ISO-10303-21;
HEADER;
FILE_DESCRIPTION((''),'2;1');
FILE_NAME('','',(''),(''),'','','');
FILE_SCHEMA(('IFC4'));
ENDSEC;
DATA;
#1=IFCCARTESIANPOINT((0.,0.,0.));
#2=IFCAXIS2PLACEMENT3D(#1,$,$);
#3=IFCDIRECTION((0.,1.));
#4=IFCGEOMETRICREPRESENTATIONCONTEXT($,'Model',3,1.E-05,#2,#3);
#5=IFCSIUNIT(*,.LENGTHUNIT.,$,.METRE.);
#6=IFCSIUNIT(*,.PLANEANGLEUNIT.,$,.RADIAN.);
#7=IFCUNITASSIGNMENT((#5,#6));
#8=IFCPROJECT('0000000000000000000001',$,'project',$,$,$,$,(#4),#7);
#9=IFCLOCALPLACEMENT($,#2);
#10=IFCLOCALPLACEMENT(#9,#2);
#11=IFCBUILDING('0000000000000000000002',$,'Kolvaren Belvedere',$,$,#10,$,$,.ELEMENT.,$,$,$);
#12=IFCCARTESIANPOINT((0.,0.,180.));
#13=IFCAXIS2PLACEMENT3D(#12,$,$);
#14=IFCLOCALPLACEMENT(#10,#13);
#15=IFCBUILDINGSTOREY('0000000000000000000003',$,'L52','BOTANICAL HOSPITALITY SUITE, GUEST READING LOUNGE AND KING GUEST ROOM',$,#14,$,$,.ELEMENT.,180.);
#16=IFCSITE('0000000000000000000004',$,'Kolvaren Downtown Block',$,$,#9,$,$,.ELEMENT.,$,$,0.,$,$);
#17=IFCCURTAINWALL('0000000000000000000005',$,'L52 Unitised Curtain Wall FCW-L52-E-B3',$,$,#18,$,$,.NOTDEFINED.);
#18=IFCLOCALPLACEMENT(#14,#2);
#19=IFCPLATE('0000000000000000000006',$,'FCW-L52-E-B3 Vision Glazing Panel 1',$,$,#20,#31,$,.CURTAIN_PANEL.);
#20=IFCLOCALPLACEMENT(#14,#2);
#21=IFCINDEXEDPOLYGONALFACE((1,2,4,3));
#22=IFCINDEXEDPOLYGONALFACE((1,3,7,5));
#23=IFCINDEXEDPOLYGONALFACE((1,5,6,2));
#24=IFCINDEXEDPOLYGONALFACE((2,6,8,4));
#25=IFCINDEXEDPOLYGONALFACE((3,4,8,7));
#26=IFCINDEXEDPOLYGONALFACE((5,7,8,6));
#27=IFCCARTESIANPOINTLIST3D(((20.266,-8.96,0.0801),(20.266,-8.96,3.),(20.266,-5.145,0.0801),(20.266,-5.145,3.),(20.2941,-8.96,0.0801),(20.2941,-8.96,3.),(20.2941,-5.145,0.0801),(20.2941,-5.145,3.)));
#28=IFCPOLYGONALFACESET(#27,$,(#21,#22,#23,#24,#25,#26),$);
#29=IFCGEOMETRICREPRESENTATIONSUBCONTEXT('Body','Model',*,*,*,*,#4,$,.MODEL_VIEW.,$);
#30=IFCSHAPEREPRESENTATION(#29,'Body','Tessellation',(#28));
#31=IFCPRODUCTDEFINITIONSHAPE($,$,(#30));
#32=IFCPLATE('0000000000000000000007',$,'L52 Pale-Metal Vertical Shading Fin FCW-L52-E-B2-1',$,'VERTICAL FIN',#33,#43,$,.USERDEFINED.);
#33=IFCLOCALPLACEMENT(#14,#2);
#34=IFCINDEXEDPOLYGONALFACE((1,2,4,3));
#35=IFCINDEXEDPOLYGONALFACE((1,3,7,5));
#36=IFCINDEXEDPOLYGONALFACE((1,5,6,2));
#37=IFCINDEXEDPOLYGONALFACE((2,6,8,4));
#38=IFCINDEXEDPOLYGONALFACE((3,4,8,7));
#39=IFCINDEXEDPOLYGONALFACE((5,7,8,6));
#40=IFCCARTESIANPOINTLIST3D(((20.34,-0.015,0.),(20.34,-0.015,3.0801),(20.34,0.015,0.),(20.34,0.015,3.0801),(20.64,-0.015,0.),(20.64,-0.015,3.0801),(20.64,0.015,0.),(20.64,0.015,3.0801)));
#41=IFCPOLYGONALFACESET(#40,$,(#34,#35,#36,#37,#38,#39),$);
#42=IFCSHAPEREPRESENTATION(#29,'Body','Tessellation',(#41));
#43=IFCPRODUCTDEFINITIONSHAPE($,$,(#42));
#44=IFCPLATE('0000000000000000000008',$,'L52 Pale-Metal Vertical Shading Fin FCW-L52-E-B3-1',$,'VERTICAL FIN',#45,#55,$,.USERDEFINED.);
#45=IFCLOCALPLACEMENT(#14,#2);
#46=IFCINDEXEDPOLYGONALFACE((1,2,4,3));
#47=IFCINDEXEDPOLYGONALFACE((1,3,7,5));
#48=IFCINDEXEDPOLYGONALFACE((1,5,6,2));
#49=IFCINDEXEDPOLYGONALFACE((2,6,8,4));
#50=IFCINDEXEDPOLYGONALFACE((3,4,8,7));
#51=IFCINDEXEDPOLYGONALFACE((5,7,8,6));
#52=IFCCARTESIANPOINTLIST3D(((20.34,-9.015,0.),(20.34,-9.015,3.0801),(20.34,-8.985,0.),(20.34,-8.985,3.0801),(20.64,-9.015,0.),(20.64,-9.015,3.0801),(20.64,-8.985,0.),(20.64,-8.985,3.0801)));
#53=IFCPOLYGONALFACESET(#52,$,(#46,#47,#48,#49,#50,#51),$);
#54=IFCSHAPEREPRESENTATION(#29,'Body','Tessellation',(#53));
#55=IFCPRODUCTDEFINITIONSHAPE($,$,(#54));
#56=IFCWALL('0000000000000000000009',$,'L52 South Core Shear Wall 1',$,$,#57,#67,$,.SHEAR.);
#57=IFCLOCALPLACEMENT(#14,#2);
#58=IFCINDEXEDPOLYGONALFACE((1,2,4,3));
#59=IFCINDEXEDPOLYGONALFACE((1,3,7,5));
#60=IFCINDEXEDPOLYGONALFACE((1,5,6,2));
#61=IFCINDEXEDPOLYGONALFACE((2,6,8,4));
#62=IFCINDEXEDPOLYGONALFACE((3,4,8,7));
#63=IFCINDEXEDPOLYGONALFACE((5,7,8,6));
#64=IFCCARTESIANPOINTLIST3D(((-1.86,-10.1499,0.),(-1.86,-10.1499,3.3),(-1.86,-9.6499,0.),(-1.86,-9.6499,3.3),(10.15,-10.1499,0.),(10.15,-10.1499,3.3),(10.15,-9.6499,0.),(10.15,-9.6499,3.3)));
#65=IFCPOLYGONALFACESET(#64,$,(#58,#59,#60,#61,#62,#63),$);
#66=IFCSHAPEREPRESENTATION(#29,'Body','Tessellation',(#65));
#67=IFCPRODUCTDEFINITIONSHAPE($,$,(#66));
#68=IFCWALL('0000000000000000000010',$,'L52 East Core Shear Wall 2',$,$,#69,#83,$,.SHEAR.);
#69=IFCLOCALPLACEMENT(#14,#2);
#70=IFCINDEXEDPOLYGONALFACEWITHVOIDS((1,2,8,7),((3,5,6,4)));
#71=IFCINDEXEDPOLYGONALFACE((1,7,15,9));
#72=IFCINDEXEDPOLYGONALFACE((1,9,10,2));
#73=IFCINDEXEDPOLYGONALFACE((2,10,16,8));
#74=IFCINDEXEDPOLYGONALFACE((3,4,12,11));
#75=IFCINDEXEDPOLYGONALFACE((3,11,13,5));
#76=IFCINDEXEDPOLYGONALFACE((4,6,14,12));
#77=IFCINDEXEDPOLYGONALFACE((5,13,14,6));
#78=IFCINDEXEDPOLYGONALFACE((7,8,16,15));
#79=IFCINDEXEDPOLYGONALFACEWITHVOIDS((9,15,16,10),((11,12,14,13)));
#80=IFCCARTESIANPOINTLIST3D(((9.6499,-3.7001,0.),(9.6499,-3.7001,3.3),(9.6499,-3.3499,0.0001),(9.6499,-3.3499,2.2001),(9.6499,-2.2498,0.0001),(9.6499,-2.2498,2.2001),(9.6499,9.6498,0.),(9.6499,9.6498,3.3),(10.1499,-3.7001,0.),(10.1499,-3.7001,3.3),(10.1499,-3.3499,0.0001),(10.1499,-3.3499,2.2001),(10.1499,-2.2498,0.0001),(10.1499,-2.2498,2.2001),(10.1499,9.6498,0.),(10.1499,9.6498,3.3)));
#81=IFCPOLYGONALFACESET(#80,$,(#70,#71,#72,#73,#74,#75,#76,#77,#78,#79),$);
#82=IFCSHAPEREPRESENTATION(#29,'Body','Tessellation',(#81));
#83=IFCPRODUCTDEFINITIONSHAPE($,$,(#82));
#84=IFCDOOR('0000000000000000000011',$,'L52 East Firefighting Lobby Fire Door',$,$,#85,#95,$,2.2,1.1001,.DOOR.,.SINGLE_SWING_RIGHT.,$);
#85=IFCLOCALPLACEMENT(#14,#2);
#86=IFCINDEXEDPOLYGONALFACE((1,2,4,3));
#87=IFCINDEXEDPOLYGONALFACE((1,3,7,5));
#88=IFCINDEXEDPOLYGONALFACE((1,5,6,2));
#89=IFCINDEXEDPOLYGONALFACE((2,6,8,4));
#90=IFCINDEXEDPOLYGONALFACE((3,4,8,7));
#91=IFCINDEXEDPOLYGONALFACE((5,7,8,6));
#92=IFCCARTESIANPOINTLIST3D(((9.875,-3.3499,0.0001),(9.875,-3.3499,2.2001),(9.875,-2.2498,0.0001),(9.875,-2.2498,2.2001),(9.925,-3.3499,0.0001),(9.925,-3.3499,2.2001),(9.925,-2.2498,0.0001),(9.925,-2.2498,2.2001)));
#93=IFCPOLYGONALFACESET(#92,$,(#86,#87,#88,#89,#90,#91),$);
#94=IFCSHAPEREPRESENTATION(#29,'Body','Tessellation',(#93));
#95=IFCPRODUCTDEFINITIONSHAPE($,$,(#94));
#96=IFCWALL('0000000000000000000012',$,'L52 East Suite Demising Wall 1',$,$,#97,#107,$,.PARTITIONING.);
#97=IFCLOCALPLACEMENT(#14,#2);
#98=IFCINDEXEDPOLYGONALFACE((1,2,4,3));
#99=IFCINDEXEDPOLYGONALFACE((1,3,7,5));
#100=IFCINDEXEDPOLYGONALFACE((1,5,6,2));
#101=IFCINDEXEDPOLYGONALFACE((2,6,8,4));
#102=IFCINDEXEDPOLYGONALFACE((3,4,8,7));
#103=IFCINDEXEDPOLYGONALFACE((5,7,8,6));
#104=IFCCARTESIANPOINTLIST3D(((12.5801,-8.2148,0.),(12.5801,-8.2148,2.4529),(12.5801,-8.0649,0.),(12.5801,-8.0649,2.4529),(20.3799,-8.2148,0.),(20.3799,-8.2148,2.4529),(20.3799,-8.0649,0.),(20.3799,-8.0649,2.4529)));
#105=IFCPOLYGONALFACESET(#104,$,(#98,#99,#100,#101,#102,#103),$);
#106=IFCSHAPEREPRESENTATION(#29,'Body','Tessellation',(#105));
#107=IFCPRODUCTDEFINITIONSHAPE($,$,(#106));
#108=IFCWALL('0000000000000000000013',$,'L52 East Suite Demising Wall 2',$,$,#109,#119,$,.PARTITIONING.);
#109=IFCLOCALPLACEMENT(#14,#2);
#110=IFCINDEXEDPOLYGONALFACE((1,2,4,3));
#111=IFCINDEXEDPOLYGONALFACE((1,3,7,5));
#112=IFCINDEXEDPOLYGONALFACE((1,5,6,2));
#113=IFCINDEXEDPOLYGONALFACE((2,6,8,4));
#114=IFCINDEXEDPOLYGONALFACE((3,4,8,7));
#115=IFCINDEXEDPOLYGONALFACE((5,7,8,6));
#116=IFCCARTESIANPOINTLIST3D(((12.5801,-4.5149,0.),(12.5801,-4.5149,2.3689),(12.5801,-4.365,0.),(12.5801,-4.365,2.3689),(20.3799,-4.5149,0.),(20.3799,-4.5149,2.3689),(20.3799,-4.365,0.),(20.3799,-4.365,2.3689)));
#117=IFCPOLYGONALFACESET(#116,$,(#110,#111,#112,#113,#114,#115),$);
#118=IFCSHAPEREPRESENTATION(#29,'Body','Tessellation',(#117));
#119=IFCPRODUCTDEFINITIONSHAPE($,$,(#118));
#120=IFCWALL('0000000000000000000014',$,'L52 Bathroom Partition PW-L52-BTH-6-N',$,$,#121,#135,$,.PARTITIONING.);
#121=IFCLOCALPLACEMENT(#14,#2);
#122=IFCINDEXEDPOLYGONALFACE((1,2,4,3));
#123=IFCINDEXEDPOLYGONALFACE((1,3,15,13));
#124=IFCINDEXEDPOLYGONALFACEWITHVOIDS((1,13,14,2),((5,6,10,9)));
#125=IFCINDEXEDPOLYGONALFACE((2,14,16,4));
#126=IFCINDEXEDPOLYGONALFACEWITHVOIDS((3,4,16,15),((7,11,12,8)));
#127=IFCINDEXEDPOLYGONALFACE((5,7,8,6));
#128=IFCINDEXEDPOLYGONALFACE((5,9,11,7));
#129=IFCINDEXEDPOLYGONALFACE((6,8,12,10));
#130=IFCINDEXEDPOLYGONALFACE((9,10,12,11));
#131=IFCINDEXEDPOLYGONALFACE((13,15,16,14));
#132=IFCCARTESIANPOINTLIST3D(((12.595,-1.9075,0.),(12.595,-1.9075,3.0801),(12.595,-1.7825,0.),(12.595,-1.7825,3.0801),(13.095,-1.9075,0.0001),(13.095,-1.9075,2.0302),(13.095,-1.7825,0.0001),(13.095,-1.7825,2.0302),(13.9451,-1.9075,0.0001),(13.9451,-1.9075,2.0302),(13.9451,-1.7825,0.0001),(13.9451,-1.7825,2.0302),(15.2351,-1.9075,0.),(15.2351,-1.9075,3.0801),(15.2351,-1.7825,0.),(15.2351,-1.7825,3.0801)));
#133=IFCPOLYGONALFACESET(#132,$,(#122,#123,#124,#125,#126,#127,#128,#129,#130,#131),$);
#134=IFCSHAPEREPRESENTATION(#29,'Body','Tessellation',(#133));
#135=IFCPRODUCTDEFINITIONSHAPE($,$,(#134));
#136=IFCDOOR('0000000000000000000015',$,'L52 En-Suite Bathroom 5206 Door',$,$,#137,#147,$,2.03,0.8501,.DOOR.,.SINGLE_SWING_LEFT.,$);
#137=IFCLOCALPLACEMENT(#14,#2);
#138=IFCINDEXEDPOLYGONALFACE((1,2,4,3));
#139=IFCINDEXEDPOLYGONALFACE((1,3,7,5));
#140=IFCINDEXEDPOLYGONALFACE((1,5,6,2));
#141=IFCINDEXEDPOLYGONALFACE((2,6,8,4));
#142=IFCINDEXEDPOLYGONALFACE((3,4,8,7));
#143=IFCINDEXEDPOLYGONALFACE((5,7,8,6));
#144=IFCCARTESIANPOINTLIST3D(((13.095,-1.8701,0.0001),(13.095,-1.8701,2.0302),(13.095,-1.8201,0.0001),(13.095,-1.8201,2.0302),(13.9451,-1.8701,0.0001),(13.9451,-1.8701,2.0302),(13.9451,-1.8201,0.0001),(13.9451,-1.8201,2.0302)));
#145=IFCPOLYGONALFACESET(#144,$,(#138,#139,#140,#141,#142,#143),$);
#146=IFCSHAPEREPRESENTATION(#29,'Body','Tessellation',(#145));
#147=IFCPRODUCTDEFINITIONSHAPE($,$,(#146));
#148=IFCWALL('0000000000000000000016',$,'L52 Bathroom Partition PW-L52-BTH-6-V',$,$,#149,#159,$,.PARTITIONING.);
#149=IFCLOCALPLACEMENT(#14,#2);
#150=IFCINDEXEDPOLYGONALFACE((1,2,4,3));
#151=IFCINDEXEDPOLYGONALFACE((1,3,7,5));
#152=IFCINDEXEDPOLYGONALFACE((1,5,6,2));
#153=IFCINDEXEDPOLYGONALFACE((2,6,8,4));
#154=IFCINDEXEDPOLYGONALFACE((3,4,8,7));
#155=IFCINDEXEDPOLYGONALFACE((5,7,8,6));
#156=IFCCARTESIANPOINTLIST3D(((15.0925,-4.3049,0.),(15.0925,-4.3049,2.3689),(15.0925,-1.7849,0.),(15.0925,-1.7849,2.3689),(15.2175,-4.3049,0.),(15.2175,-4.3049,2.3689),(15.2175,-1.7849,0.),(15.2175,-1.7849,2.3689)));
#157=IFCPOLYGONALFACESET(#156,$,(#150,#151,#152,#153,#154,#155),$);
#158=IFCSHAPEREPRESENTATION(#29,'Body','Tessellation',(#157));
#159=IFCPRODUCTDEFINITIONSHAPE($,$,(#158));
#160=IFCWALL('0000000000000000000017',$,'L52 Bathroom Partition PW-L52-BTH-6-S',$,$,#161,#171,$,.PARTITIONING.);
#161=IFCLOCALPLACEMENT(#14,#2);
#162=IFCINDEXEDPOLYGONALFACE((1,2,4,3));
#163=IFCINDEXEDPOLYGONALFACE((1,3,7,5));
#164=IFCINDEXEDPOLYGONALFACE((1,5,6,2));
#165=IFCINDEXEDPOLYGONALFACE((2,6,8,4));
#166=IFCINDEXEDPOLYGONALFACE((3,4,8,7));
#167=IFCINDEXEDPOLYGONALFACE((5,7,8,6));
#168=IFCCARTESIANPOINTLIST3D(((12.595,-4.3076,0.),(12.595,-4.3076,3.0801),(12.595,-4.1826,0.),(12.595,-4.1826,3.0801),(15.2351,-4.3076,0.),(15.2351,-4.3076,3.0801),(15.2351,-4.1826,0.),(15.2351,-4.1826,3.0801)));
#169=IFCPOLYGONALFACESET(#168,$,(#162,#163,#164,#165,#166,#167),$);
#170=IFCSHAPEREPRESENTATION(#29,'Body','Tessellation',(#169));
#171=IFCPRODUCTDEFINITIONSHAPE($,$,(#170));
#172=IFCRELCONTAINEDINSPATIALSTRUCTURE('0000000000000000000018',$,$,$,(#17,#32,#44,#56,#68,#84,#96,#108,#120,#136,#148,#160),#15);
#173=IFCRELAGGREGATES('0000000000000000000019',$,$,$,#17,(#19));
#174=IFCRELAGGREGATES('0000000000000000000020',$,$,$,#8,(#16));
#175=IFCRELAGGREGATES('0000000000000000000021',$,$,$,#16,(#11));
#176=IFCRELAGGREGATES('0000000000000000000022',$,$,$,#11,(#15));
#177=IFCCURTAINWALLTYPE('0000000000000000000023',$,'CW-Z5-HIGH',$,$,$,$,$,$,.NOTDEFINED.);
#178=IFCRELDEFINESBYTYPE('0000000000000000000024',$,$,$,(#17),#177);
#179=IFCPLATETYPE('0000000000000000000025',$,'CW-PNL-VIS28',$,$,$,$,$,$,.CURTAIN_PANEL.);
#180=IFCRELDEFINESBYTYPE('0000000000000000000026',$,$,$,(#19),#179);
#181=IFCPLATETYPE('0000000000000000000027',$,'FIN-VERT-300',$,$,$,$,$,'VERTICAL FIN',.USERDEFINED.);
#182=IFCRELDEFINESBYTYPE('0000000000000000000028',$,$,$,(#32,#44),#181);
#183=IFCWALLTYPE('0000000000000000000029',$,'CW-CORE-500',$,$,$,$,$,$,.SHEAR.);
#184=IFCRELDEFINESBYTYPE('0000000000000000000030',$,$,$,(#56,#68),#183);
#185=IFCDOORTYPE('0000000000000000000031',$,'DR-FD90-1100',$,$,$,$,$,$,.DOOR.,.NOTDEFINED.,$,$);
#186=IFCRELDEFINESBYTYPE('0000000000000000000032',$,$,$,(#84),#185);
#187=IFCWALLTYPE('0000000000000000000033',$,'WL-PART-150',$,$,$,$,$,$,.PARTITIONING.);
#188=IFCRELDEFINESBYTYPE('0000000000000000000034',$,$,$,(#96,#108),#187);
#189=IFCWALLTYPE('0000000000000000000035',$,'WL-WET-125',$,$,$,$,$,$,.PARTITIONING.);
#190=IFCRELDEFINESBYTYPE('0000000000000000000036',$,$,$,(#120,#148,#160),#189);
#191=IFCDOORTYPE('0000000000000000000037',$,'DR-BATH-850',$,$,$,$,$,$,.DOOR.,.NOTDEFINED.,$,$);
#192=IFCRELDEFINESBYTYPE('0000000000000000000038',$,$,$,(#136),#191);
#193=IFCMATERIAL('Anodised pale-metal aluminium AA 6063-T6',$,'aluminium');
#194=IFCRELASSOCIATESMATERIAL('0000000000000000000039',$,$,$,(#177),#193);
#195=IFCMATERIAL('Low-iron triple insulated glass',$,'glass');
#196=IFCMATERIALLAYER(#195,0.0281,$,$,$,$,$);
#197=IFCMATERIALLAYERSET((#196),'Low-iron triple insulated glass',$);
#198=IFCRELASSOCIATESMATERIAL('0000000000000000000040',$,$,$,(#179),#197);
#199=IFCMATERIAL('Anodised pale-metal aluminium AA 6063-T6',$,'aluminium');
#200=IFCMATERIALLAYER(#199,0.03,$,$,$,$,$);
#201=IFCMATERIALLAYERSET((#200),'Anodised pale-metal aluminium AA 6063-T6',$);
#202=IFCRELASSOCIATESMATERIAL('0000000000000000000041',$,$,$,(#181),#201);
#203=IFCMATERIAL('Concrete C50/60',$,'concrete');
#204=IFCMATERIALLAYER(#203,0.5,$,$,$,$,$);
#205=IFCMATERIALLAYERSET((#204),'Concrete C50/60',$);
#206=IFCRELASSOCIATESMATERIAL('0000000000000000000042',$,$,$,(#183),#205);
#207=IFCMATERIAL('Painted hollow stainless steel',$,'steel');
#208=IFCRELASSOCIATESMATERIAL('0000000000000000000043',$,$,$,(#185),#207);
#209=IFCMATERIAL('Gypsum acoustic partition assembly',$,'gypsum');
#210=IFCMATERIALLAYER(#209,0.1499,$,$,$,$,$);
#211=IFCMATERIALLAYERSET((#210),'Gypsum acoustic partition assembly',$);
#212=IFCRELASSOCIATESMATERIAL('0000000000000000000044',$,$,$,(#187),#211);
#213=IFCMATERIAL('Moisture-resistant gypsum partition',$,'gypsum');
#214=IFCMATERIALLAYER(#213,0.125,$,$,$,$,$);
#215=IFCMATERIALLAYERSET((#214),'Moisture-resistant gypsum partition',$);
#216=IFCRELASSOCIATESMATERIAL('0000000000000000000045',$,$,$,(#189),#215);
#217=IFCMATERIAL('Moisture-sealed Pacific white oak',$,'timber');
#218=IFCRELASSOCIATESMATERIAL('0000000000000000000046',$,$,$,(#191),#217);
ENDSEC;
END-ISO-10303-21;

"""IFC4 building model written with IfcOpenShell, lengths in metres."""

from ifc_helpers import new_model, si_unit, direction, frame, frame_2d, origin, origin_2d, place, context, subcontext, project, spatial, rectangle, extrude, material, layer, layer_set, type_object, element, fill, aggregate, save


model = new_model("IFC4")

# Units and contexts
model_context = context("Model", 3, precision=1e-05, world=origin(), true_north=direction((0.0, 1.0)))
body_context = subcontext(model_context, "Body", "Model", "MODEL_VIEW")
ifc_project = project(units=[si_unit("LENGTHUNIT", "METRE"), si_unit("PLANEANGLEUNIT", "RADIAN")], contexts=[model_context])

# Site, building, storey
site_placement = place(None, origin())
site = spatial("IfcSite", under=ifc_project, at=site_placement, Name="Kolvaren Downtown Block", CompositionType="ELEMENT", RefElevation=0.0)
building_placement = place(site_placement, origin())
building = spatial("IfcBuilding", under=site, at=building_placement, Name="Kolvaren Belvedere", CompositionType="ELEMENT")
storey_placement = place(building_placement, frame((0.0, 0.0, 180.0)))
storey = spatial("IfcBuildingStorey", under=building, at=storey_placement, Name="L52", Description="BOTANICAL HOSPITALITY SUITE, GUEST READING LOUNGE AND KING GUEST ROOM", CompositionType="ELEMENT", Elevation=180.0)

# Curtain wall
ifc_material_1 = material(Name="Anodised pale-metal aluminium AA 6063-T6", Category="aluminium")
curtain_wall_type = type_object("IfcCurtainWallType", Name="CW-Z5-HIGH", PredefinedType="NOTDEFINED", material=ifc_material_1)
curtain_wall_1_placement = place(storey_placement, origin())
curtain_wall_1 = element("IfcCurtainWall", 1, at=curtain_wall_1_placement, inside=storey, type_object=curtain_wall_type, Name="L52 Unitised Curtain Wall FCW-L52-E-B3", PredefinedType="NOTDEFINED")

# Plate
ifc_material_2 = material(Name="Low-iron triple insulated glass", Category="glass")
ifc_layer_1 = layer(ifc_material_2, 0.0281)
ifc_layer_set_1 = layer_set([ifc_layer_1], Name="Low-iron triple insulated glass")
plate_type_1 = type_object("IfcPlateType", Name="CW-PNL-VIS28", PredefinedType="CURTAIN_PANEL", material=ifc_layer_set_1)
plate_1_placement = place(storey_placement, frame((20.28, -7.0525, 0.0801), z_axis=(0.0, 0.0, 1.0), x_axis=(0.0, -1.0, 0.0)))
plate_1 = element("IfcPlate", 2, at=plate_1_placement, type_object=plate_type_1, Name="FCW-L52-E-B3 Vision Glazing Panel 1", PredefinedType="CURTAIN_PANEL", context=body_context, shape_type="SweptSolid", body=[
    extrude(rectangle(XDim=3.8149, YDim=0.0281, at=origin_2d()), origin(), (0.0, 0.0, 1.0), 2.9199),
])
aggregate(curtain_wall_1, [plate_1])

# Plates
ifc_material_3 = material(Name="Anodised pale-metal aluminium AA 6063-T6", Category="aluminium")
ifc_layer_2 = layer(ifc_material_3, 0.03)
ifc_layer_set_2 = layer_set([ifc_layer_2], Name="Anodised pale-metal aluminium AA 6063-T6")
plate_type_2 = type_object("IfcPlateType", Name="FIN-VERT-300", ElementType="VERTICAL FIN", PredefinedType="USERDEFINED", material=ifc_layer_set_2)
for number, where, z_axis, x_axis, name in (
    (3, (20.49, 0.0, 0.0), (0.0, 0.0, 1.0), (1.0, 0.0, 0.0), "L52 Pale-Metal Vertical Shading Fin FCW-L52-E-B2-1"),
    (4, (20.49, -9.0, 0.0), (0.0, 0.0, 1.0), (1.0, 0.0, 0.0), "L52 Pale-Metal Vertical Shading Fin FCW-L52-E-B3-1"),
):
    element("IfcPlate", number, at=place(storey_placement, frame(where, z_axis=z_axis, x_axis=x_axis)), inside=storey, type_object=plate_type_2, Name=name, ObjectType="VERTICAL FIN", PredefinedType="USERDEFINED", context=body_context, shape_type="SweptSolid", body=[
        extrude(rectangle(XDim=0.3, YDim=0.03, at=origin_2d()), origin(), (0.0, 0.0, 1.0), 3.0801),
    ])

# Wall
ifc_material_4 = material(Name="Concrete C50/60", Category="concrete")
ifc_layer_3 = layer(ifc_material_4, 0.5)
ifc_layer_set_3 = layer_set([ifc_layer_3], Name="Concrete C50/60")
wall_type_1 = type_object("IfcWallType", Name="CW-CORE-500", PredefinedType="SHEAR", material=ifc_layer_set_3)
wall_1_placement = place(storey_placement, frame((10.1499, -9.8999, 0.0), z_axis=(0.0, 0.0, 1.0), x_axis=(-1.0, 0.0, 0.0)))
element("IfcWall", 5, at=wall_1_placement, inside=storey, type_object=wall_type_1, Name="L52 South Core Shear Wall 1", PredefinedType="SHEAR", context=body_context, shape_type="SweptSolid", body=[
    extrude(rectangle(XDim=12.01, YDim=0.5, at=frame_2d((6.0049, 0.0))), origin(), (0.0, 0.0, 1.0), 3.3),
])

# Wall, opening, door
wall_2_placement = place(storey_placement, frame((9.8999, -3.7, 0.0), z_axis=(0.0, 0.0, 1.0), x_axis=(0.0, 1.0, 0.0)))
wall_2 = element("IfcWall", 6, at=wall_2_placement, inside=storey, type_object=wall_type_1, Name="L52 East Core Shear Wall 2", PredefinedType="SHEAR", context=body_context, shape_type="SweptSolid", body=[
    extrude(rectangle(XDim=13.3499, YDim=0.5, at=frame_2d((6.6748, 0.0))), origin(), (0.0, 0.0, 1.0), 3.3),
])
opening_1_placement = place(wall_2_placement, frame((0.3501, 0.0, 0.0)))
opening_1 = element("IfcOpeningElement", 7, at=opening_1_placement, cuts=wall_2, PredefinedType="OPENING", context=body_context, shape_type="SweptSolid", body=[
    extrude(rectangle(XDim=1.1001, YDim=2.2, at=frame_2d((0.55, 1.1001))), frame((0.0, 0.26, 0.0), z_axis=(0.0, -1.0, 0.0), x_axis=(1.0, 0.0, 0.0)), (0.0, 0.0, 1.0), 0.52),
])
ifc_material_5 = material(Name="Painted hollow stainless steel", Category="steel")
door_type_1 = type_object("IfcDoorType", Name="DR-FD90-1100", OperationType="NOTDEFINED", PredefinedType="DOOR", material=ifc_material_5)
door_1_placement = place(opening_1_placement, origin())
door_1 = element("IfcDoor", 8, at=door_1_placement, inside=storey, type_object=door_type_1, Name="L52 East Firefighting Lobby Fire Door", OperationType="SINGLE_SWING_RIGHT", OverallHeight=2.2, OverallWidth=1.1001, PredefinedType="DOOR", context=body_context, shape_type="SweptSolid", body=[
    extrude(rectangle(XDim=1.1001, YDim=2.2, at=frame_2d((0.55, 1.1001))), frame((0.0, 0.0249, 0.0), z_axis=(0.0, -1.0, 0.0), x_axis=(1.0, 0.0, 0.0)), (0.0, 0.0, 1.0), 0.05),
])
fill(opening_1, door_1)

# Walls
ifc_material_6 = material(Name="Gypsum acoustic partition assembly", Category="gypsum")
ifc_layer_4 = layer(ifc_material_6, 0.1499)
ifc_layer_set_4 = layer_set([ifc_layer_4], Name="Gypsum acoustic partition assembly")
wall_type_2 = type_object("IfcWallType", Name="WL-PART-150", PredefinedType="PARTITIONING", material=ifc_layer_set_4)
wall_3_placement = place(storey_placement, frame((12.5801, -8.1399, 0.0), z_axis=(0.0, 0.0, 1.0), x_axis=(1.0, 0.0, 0.0)))
element("IfcWall", 9, at=wall_3_placement, inside=storey, type_object=wall_type_2, Name="L52 East Suite Demising Wall 1", PredefinedType="PARTITIONING", context=body_context, shape_type="SweptSolid", body=[
    extrude(rectangle(XDim=7.7998, YDim=0.1499, at=frame_2d((3.8999, 0.0))), origin(), (0.0, 0.0, 1.0), 2.4529),
])
wall_4_placement = place(storey_placement, frame((12.5801, -4.4399, 0.0), z_axis=(0.0, 0.0, 1.0), x_axis=(1.0, 0.0, 0.0)))
element("IfcWall", 10, at=wall_4_placement, inside=storey, type_object=wall_type_2, Name="L52 East Suite Demising Wall 2", PredefinedType="PARTITIONING", context=body_context, shape_type="SweptSolid", body=[
    extrude(rectangle(XDim=7.7998, YDim=0.1499, at=frame_2d((3.8999, 0.0))), origin(), (0.0, 0.0, 1.0), 2.3689),
])

# Wall, opening, door
ifc_material_7 = material(Name="Moisture-resistant gypsum partition", Category="gypsum")
ifc_layer_5 = layer(ifc_material_7, 0.125)
ifc_layer_set_5 = layer_set([ifc_layer_5], Name="Moisture-resistant gypsum partition")
wall_type_3 = type_object("IfcWallType", Name="WL-WET-125", PredefinedType="PARTITIONING", material=ifc_layer_set_5)
wall_5_placement = place(storey_placement, frame((12.595, -1.845, 0.0), z_axis=(0.0, 0.0, 1.0), x_axis=(1.0, 0.0, 0.0)))
wall_5 = element("IfcWall", 11, at=wall_5_placement, inside=storey, type_object=wall_type_3, Name="L52 Bathroom Partition PW-L52-BTH-6-N", PredefinedType="PARTITIONING", context=body_context, shape_type="SweptSolid", body=[
    extrude(rectangle(XDim=2.6401, YDim=0.125, at=frame_2d((1.3201, 0.0))), origin(), (0.0, 0.0, 1.0), 3.0801),
])
opening_2_placement = place(wall_5_placement, frame((0.5, 0.0, 0.0)))
opening_2 = element("IfcOpeningElement", 12, at=opening_2_placement, cuts=wall_5, PredefinedType="OPENING", context=body_context, shape_type="SweptSolid", body=[
    extrude(rectangle(XDim=0.8501, YDim=2.03, at=frame_2d((0.425, 1.0151))), frame((0.0, 0.0725, 0.0), z_axis=(0.0, -1.0, 0.0), x_axis=(1.0, 0.0, 0.0)), (0.0, 0.0, 1.0), 0.145),
])
ifc_material_8 = material(Name="Moisture-sealed Pacific white oak", Category="timber")
door_type_2 = type_object("IfcDoorType", Name="DR-BATH-850", OperationType="NOTDEFINED", PredefinedType="DOOR", material=ifc_material_8)
door_2_placement = place(opening_2_placement, origin())
door_2 = element("IfcDoor", 13, at=door_2_placement, inside=storey, type_object=door_type_2, Name="L52 En-Suite Bathroom 5206 Door", OperationType="SINGLE_SWING_LEFT", OverallHeight=2.03, OverallWidth=0.8501, PredefinedType="DOOR", context=body_context, shape_type="SweptSolid", body=[
    extrude(rectangle(XDim=0.8501, YDim=2.03, at=frame_2d((0.425, 1.0151))), frame((0.0, 0.0249, 0.0), z_axis=(0.0, -1.0, 0.0), x_axis=(1.0, 0.0, 0.0)), (0.0, 0.0, 1.0), 0.05),
])
fill(opening_2, door_2)

# Walls
wall_6_placement = place(storey_placement, frame((15.155, -4.3049, 0.0), z_axis=(0.0, 0.0, 1.0), x_axis=(0.0, 1.0, 0.0)))
element("IfcWall", 14, at=wall_6_placement, inside=storey, type_object=wall_type_3, Name="L52 Bathroom Partition PW-L52-BTH-6-V", PredefinedType="PARTITIONING", context=body_context, shape_type="SweptSolid", body=[
    extrude(rectangle(XDim=2.52, YDim=0.125, at=frame_2d((1.26, 0.0))), origin(), (0.0, 0.0, 1.0), 2.3689),
])
wall_7_placement = place(storey_placement, frame((12.595, -4.2451, 0.0), z_axis=(0.0, 0.0, 1.0), x_axis=(1.0, 0.0, 0.0)))
element("IfcWall", 15, at=wall_7_placement, inside=storey, type_object=wall_type_3, Name="L52 Bathroom Partition PW-L52-BTH-6-S", PredefinedType="PARTITIONING", context=body_context, shape_type="SweptSolid", body=[
    extrude(rectangle(XDim=2.6401, YDim=0.125, at=frame_2d((1.3201, 0.0))), origin(), (0.0, 0.0, 1.0), 3.0801),
])

save(model, "model.ifc")
